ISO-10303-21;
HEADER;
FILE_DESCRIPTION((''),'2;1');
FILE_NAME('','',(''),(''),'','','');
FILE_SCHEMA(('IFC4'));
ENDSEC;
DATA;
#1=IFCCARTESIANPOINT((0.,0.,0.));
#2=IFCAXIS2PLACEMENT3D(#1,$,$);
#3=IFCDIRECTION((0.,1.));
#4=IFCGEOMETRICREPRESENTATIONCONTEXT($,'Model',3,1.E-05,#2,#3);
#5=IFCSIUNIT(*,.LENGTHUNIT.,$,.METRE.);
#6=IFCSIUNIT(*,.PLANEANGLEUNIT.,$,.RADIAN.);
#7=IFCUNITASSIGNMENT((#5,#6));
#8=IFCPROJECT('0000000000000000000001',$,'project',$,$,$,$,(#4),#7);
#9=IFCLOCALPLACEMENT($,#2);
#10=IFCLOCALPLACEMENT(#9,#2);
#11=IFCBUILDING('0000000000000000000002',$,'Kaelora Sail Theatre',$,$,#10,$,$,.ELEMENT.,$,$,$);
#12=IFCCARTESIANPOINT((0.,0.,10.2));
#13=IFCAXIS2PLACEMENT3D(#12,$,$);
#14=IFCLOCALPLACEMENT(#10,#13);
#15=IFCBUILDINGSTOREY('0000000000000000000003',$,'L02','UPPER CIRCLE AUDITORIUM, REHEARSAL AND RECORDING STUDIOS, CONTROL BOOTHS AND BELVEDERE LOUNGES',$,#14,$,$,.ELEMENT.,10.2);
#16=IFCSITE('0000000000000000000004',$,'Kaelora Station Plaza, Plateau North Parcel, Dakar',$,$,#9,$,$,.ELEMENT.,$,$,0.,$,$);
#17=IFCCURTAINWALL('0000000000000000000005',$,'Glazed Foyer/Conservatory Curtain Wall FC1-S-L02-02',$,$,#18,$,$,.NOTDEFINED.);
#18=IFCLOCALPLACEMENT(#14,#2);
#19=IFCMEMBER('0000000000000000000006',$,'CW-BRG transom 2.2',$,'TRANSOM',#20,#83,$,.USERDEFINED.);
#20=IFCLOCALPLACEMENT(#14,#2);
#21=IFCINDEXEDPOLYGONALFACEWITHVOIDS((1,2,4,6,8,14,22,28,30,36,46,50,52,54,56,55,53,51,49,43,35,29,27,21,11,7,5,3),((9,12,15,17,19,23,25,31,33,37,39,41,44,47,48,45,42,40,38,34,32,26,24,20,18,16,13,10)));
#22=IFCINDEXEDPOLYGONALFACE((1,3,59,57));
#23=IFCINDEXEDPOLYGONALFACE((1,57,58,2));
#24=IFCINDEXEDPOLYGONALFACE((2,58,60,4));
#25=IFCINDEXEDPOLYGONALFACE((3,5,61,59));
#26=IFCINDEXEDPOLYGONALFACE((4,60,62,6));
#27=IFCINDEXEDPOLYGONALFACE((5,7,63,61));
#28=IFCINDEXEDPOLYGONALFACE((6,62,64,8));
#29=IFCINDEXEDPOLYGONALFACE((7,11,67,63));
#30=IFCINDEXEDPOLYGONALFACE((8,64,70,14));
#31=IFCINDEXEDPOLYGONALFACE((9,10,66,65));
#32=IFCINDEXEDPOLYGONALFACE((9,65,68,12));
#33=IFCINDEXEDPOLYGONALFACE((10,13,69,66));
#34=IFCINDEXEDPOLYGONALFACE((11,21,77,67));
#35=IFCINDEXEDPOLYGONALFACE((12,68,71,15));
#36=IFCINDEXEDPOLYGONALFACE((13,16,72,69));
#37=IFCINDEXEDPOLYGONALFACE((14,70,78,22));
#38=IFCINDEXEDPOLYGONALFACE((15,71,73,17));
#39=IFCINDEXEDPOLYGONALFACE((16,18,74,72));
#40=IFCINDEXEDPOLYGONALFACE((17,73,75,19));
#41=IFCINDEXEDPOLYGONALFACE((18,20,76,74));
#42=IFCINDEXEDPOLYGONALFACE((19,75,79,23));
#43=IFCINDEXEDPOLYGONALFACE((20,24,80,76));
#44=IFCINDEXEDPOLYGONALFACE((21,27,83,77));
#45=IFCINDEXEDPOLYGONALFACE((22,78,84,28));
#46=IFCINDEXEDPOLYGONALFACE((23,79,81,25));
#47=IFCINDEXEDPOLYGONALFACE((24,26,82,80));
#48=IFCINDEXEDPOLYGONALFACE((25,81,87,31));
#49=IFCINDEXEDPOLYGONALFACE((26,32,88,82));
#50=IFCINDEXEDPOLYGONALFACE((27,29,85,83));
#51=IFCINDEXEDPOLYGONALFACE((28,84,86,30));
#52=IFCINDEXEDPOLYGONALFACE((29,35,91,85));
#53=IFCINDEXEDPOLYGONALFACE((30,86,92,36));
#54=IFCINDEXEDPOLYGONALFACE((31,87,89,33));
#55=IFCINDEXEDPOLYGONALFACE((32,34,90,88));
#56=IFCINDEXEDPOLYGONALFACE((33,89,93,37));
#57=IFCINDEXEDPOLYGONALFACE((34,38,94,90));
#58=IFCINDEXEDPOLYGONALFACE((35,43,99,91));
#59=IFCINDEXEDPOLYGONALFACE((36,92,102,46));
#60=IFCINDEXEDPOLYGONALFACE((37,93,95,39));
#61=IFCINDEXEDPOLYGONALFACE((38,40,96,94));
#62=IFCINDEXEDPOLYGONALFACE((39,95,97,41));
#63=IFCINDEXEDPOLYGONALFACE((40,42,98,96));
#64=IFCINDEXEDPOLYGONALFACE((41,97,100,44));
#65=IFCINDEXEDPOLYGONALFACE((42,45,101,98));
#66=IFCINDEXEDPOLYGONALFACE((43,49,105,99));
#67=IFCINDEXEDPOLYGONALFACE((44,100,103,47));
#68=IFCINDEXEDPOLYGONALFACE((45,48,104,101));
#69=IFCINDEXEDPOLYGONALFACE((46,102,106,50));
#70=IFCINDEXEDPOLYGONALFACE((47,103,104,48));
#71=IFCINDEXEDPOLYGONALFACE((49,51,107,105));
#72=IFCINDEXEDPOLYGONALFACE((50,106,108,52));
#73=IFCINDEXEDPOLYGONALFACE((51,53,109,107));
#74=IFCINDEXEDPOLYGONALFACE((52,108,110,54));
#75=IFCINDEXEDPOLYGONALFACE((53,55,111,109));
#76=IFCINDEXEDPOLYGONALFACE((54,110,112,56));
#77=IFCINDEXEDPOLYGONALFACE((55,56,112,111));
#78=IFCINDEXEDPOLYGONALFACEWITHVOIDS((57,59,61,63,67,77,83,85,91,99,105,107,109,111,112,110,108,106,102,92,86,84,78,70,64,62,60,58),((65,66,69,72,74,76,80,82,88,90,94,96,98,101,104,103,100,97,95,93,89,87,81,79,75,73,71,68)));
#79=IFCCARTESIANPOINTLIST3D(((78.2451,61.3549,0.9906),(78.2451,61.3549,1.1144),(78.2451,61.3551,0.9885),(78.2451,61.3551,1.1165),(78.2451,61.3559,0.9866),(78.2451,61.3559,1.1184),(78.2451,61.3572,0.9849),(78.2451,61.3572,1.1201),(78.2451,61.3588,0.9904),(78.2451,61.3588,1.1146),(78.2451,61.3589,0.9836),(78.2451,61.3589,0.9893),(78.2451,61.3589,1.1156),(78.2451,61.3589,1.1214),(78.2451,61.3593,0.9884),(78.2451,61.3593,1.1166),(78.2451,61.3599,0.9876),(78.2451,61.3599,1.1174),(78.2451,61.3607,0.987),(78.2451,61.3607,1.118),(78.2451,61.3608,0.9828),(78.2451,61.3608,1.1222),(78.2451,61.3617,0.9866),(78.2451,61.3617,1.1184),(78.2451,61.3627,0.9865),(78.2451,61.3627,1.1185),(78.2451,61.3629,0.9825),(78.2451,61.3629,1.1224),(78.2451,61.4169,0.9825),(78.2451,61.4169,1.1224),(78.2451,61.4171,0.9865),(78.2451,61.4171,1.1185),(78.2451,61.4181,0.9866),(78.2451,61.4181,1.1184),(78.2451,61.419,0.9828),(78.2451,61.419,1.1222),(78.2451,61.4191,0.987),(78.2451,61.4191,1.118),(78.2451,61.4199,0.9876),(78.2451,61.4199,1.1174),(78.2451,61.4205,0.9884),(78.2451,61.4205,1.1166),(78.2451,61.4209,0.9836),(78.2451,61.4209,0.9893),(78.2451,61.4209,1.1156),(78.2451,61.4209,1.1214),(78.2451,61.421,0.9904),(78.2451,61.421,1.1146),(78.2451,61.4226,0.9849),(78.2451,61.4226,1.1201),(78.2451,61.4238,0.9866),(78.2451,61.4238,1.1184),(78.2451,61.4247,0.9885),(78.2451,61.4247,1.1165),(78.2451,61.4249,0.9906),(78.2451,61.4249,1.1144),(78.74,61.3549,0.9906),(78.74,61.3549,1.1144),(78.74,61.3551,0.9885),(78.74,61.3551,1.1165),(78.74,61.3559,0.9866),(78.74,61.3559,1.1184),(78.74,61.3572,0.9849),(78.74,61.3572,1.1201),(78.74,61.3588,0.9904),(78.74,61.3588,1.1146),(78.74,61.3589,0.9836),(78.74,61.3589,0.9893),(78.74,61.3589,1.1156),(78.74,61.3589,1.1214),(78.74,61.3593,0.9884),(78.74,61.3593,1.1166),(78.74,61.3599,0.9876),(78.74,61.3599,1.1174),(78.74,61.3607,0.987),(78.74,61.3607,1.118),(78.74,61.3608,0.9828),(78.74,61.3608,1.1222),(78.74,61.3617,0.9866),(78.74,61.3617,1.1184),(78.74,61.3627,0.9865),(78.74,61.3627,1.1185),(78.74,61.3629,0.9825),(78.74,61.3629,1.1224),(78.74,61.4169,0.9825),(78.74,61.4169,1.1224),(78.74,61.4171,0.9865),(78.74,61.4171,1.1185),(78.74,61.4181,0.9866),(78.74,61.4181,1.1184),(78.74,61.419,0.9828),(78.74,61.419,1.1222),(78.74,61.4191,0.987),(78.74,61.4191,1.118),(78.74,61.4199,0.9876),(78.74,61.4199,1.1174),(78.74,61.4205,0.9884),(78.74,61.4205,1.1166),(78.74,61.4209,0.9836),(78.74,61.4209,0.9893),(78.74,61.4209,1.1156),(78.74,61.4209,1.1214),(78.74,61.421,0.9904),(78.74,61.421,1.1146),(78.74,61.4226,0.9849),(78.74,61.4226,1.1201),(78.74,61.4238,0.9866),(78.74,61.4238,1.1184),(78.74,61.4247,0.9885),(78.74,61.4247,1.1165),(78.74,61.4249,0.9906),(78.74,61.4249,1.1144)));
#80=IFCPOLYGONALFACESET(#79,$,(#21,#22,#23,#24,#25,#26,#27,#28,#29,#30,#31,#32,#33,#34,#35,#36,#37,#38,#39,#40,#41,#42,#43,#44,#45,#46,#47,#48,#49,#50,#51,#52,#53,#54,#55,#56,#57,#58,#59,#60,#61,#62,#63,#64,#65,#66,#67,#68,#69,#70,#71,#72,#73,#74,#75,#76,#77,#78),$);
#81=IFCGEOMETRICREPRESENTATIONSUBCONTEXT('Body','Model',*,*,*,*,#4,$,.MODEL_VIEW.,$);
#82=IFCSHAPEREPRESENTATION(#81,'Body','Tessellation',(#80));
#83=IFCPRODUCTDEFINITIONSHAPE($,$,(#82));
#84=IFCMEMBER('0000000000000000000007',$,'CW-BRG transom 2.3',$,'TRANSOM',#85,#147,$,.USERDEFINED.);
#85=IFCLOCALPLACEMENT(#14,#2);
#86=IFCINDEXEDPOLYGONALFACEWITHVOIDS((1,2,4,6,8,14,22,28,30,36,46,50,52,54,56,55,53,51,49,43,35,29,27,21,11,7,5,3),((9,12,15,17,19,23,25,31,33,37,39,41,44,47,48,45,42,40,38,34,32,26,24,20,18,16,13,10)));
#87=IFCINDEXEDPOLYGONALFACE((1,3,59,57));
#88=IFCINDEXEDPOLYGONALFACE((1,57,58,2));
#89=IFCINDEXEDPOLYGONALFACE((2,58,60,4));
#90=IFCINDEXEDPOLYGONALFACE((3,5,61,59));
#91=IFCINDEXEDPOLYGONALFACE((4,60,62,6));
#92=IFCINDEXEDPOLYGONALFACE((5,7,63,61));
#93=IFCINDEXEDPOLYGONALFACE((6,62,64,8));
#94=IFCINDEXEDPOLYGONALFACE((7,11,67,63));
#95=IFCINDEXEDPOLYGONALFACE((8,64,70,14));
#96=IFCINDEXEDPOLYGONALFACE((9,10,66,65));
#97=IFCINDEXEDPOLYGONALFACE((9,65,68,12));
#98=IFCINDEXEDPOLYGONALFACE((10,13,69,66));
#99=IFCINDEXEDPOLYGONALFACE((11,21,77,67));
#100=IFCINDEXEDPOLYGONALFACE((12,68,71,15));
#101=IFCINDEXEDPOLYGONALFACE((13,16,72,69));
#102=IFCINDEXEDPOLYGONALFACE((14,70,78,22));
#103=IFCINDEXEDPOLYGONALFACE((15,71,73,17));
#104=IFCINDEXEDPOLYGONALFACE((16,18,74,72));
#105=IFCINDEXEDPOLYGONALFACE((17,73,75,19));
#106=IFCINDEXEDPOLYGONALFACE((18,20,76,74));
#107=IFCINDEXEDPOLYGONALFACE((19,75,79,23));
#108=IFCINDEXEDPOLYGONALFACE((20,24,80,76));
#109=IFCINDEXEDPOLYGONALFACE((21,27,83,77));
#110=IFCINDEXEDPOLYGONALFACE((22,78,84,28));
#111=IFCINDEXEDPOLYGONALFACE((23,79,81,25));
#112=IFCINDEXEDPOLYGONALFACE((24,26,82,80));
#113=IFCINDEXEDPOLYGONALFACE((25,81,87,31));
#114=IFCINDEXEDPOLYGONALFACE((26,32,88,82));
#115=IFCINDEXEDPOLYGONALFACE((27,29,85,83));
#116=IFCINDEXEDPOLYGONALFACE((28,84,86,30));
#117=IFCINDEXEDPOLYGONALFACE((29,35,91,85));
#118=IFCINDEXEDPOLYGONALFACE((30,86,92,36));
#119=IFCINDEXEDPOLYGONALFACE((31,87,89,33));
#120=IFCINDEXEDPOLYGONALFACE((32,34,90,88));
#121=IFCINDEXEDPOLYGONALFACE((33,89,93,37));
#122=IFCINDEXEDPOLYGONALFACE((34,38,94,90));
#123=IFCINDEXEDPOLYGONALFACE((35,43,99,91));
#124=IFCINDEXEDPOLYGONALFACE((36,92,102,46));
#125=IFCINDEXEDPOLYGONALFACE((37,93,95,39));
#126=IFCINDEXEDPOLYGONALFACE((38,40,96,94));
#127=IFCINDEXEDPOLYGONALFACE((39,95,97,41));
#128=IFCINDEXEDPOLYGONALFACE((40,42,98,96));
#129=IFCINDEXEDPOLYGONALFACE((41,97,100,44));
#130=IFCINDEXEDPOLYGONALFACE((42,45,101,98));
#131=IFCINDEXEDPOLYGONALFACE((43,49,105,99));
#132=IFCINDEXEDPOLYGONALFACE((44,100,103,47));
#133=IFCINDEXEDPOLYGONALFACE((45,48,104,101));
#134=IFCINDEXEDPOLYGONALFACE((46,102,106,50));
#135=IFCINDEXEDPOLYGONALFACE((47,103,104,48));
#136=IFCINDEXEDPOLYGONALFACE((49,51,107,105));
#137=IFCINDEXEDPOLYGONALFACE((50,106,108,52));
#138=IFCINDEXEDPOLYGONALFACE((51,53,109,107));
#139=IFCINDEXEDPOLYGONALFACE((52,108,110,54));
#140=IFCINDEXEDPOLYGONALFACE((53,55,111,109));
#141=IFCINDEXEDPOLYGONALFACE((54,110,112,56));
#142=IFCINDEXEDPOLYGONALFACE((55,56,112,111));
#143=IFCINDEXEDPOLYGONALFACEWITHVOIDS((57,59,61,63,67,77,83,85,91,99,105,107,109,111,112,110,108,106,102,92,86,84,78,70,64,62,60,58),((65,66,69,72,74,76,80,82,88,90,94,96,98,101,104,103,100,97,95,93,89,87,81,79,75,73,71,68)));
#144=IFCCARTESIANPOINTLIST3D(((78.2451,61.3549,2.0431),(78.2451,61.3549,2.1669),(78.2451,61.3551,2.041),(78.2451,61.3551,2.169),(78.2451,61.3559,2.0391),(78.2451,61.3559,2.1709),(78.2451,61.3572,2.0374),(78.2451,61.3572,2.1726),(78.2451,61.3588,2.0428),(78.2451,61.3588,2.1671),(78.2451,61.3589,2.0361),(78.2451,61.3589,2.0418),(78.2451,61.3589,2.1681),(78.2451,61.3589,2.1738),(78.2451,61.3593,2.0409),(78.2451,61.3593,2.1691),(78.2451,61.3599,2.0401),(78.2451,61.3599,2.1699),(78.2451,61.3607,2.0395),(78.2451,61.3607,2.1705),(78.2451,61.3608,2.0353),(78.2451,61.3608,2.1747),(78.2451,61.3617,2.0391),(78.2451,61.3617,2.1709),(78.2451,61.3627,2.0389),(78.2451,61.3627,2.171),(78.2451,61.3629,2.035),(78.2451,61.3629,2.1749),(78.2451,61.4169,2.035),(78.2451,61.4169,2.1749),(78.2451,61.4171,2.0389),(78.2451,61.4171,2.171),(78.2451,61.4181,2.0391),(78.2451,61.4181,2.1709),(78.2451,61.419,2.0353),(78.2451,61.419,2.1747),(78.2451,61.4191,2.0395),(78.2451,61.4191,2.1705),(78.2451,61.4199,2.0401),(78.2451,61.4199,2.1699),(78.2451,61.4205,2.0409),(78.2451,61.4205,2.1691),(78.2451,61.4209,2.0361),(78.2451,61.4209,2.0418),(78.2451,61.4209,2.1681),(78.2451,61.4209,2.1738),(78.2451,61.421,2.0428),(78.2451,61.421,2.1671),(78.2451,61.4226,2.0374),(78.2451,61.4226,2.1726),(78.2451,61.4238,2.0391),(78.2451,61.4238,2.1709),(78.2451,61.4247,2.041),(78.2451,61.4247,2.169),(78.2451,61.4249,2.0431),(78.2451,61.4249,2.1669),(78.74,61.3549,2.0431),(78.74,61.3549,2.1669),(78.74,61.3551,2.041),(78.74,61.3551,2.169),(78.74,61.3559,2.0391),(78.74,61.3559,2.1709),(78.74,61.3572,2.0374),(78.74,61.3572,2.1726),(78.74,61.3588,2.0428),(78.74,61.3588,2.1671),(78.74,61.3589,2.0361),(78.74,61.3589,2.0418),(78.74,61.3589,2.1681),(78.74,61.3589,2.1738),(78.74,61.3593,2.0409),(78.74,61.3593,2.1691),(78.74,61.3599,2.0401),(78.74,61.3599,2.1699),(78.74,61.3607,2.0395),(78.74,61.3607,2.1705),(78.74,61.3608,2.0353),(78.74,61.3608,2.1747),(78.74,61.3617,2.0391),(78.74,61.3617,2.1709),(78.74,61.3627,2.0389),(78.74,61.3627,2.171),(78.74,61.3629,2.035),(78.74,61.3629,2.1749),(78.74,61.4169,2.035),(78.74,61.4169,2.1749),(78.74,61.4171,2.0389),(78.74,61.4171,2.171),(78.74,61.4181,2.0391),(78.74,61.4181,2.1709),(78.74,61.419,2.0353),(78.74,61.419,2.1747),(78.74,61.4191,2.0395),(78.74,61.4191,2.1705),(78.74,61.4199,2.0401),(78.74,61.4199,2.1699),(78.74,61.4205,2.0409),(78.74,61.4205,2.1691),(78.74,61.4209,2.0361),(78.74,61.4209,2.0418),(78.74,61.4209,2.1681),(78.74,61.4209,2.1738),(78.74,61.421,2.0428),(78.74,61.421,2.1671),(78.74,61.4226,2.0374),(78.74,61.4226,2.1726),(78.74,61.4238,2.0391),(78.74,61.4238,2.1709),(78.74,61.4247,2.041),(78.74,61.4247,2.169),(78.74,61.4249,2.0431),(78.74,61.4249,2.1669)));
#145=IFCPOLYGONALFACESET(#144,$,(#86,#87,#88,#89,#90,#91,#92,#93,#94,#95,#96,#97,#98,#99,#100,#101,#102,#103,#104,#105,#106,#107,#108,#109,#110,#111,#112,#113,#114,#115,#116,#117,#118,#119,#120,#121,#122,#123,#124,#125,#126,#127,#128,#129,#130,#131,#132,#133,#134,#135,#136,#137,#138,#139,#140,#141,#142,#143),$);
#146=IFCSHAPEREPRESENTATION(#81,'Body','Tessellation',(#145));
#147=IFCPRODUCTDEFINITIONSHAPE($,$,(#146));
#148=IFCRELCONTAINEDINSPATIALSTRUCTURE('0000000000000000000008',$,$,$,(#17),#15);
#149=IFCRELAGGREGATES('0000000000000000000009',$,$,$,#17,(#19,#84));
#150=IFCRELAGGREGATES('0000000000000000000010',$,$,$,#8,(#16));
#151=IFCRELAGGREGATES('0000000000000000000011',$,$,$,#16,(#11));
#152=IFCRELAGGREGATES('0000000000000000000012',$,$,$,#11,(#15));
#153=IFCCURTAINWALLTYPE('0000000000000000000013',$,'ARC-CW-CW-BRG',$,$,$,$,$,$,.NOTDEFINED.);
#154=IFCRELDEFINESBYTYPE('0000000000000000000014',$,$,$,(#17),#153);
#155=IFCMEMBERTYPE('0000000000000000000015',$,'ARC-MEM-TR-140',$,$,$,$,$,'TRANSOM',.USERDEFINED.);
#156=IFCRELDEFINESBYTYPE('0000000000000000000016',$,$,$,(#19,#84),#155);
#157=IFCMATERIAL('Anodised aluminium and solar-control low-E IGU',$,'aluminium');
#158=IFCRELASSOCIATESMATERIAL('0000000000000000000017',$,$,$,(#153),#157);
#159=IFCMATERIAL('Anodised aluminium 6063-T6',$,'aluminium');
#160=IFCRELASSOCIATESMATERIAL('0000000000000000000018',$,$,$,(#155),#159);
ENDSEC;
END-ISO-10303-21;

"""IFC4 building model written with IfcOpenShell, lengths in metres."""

from ifc_helpers import new_model, si_unit, direction, frame, origin, origin_2d, place, context, subcontext, project, spatial, hollow_rectangle, extrude, material, material_profile, profile_set, type_object, element, aggregate, save


model = new_model("IFC4")

# Units and contexts
model_context = context("Model", 3, precision=1e-05, world=origin(), true_north=direction((0.0, 1.0)))
body_context = subcontext(model_context, "Body", "Model", "MODEL_VIEW")
ifc_project = project(units=[si_unit("LENGTHUNIT", "METRE"), si_unit("PLANEANGLEUNIT", "RADIAN")], contexts=[model_context])

# Site, building, storey
site_placement = place(None, origin())
site = spatial("IfcSite", under=ifc_project, at=site_placement, Name="Kaelora Station Plaza, Plateau North Parcel, Dakar", CompositionType="ELEMENT", RefElevation=0.0)
building_placement = place(site_placement, origin())
building = spatial("IfcBuilding", under=site, at=building_placement, Name="Kaelora Sail Theatre", CompositionType="ELEMENT")
storey_placement = place(building_placement, frame((0.0, 0.0, 10.2)))
storey = spatial("IfcBuildingStorey", under=building, at=storey_placement, Name="L02", Description="UPPER CIRCLE AUDITORIUM, REHEARSAL AND RECORDING STUDIOS, CONTROL BOOTHS AND BELVEDERE LOUNGES", CompositionType="ELEMENT", Elevation=10.2)

# Curtain wall
ifc_material_1 = material(Name="Anodised aluminium and solar-control low-E IGU", Category="aluminium")
curtain_wall_type = type_object("IfcCurtainWallType", Name="ARC-CW-CW-BRG", PredefinedType="NOTDEFINED", material=ifc_material_1)
curtain_wall_1_placement = place(storey_placement, origin())
curtain_wall_1 = element("IfcCurtainWall", 1, at=curtain_wall_1_placement, inside=storey, type_object=curtain_wall_type, Name="Glazed Foyer/Conservatory Curtain Wall FC1-S-L02-02", PredefinedType="NOTDEFINED")

# Members
ifc_material_2 = material(Name="Anodised aluminium 6063-T6", Category="aluminium")
ifc_material_profile_1 = material_profile(ifc_material_2, hollow_rectangle(XDim=0.0701, YDim=0.1399, WallThickness=0.0039, InnerFilletRadius=0.0039, OuterFilletRadius=0.0081, at=origin_2d()), Name="ALU-TRAN 70x140x4")
ifc_profile_set_1 = profile_set([ifc_material_profile_1], Name="Anodised aluminium 6063-T6")
member_type_1 = type_object("IfcMemberType", Name="ARC-MEM-TR-140", ElementType="TRANSOM", PredefinedType="USERDEFINED", material=ifc_profile_set_1)
member_1_placement = place(storey_placement, frame((78.2451, 61.3899, 1.0525), z_axis=(1.0, 0.0, 0.0), x_axis=(0.0, 1.0, 0.0)))
member_1 = element("IfcMember", 2, at=member_1_placement, type_object=member_type_1, Name="CW-BRG transom 2.2", ObjectType="TRANSOM", PredefinedType="USERDEFINED", context=body_context, shape_type="SweptSolid", body=[
    extrude(hollow_rectangle(XDim=0.0701, YDim=0.1399, WallThickness=0.0039, InnerFilletRadius=0.0039, OuterFilletRadius=0.0081, at=origin_2d()), origin(), (0.0, 0.0, 1.0), 0.4949),
])
member_2_placement = place(storey_placement, frame((78.2451, 61.3899, 2.105), z_axis=(1.0, 0.0, 0.0), x_axis=(0.0, 1.0, 0.0)))
member_2 = element("IfcMember", 3, at=member_2_placement, type_object=member_type_1, Name="CW-BRG transom 2.3", ObjectType="TRANSOM", PredefinedType="USERDEFINED", context=body_context, shape_type="SweptSolid", body=[
    extrude(hollow_rectangle(XDim=0.0701, YDim=0.1399, WallThickness=0.0039, InnerFilletRadius=0.0039, OuterFilletRadius=0.0081, at=origin_2d()), origin(), (0.0, 0.0, 1.0), 0.4949),
])

aggregate(curtain_wall_1, [member_1, member_2])

save(model, "model.ifc")
